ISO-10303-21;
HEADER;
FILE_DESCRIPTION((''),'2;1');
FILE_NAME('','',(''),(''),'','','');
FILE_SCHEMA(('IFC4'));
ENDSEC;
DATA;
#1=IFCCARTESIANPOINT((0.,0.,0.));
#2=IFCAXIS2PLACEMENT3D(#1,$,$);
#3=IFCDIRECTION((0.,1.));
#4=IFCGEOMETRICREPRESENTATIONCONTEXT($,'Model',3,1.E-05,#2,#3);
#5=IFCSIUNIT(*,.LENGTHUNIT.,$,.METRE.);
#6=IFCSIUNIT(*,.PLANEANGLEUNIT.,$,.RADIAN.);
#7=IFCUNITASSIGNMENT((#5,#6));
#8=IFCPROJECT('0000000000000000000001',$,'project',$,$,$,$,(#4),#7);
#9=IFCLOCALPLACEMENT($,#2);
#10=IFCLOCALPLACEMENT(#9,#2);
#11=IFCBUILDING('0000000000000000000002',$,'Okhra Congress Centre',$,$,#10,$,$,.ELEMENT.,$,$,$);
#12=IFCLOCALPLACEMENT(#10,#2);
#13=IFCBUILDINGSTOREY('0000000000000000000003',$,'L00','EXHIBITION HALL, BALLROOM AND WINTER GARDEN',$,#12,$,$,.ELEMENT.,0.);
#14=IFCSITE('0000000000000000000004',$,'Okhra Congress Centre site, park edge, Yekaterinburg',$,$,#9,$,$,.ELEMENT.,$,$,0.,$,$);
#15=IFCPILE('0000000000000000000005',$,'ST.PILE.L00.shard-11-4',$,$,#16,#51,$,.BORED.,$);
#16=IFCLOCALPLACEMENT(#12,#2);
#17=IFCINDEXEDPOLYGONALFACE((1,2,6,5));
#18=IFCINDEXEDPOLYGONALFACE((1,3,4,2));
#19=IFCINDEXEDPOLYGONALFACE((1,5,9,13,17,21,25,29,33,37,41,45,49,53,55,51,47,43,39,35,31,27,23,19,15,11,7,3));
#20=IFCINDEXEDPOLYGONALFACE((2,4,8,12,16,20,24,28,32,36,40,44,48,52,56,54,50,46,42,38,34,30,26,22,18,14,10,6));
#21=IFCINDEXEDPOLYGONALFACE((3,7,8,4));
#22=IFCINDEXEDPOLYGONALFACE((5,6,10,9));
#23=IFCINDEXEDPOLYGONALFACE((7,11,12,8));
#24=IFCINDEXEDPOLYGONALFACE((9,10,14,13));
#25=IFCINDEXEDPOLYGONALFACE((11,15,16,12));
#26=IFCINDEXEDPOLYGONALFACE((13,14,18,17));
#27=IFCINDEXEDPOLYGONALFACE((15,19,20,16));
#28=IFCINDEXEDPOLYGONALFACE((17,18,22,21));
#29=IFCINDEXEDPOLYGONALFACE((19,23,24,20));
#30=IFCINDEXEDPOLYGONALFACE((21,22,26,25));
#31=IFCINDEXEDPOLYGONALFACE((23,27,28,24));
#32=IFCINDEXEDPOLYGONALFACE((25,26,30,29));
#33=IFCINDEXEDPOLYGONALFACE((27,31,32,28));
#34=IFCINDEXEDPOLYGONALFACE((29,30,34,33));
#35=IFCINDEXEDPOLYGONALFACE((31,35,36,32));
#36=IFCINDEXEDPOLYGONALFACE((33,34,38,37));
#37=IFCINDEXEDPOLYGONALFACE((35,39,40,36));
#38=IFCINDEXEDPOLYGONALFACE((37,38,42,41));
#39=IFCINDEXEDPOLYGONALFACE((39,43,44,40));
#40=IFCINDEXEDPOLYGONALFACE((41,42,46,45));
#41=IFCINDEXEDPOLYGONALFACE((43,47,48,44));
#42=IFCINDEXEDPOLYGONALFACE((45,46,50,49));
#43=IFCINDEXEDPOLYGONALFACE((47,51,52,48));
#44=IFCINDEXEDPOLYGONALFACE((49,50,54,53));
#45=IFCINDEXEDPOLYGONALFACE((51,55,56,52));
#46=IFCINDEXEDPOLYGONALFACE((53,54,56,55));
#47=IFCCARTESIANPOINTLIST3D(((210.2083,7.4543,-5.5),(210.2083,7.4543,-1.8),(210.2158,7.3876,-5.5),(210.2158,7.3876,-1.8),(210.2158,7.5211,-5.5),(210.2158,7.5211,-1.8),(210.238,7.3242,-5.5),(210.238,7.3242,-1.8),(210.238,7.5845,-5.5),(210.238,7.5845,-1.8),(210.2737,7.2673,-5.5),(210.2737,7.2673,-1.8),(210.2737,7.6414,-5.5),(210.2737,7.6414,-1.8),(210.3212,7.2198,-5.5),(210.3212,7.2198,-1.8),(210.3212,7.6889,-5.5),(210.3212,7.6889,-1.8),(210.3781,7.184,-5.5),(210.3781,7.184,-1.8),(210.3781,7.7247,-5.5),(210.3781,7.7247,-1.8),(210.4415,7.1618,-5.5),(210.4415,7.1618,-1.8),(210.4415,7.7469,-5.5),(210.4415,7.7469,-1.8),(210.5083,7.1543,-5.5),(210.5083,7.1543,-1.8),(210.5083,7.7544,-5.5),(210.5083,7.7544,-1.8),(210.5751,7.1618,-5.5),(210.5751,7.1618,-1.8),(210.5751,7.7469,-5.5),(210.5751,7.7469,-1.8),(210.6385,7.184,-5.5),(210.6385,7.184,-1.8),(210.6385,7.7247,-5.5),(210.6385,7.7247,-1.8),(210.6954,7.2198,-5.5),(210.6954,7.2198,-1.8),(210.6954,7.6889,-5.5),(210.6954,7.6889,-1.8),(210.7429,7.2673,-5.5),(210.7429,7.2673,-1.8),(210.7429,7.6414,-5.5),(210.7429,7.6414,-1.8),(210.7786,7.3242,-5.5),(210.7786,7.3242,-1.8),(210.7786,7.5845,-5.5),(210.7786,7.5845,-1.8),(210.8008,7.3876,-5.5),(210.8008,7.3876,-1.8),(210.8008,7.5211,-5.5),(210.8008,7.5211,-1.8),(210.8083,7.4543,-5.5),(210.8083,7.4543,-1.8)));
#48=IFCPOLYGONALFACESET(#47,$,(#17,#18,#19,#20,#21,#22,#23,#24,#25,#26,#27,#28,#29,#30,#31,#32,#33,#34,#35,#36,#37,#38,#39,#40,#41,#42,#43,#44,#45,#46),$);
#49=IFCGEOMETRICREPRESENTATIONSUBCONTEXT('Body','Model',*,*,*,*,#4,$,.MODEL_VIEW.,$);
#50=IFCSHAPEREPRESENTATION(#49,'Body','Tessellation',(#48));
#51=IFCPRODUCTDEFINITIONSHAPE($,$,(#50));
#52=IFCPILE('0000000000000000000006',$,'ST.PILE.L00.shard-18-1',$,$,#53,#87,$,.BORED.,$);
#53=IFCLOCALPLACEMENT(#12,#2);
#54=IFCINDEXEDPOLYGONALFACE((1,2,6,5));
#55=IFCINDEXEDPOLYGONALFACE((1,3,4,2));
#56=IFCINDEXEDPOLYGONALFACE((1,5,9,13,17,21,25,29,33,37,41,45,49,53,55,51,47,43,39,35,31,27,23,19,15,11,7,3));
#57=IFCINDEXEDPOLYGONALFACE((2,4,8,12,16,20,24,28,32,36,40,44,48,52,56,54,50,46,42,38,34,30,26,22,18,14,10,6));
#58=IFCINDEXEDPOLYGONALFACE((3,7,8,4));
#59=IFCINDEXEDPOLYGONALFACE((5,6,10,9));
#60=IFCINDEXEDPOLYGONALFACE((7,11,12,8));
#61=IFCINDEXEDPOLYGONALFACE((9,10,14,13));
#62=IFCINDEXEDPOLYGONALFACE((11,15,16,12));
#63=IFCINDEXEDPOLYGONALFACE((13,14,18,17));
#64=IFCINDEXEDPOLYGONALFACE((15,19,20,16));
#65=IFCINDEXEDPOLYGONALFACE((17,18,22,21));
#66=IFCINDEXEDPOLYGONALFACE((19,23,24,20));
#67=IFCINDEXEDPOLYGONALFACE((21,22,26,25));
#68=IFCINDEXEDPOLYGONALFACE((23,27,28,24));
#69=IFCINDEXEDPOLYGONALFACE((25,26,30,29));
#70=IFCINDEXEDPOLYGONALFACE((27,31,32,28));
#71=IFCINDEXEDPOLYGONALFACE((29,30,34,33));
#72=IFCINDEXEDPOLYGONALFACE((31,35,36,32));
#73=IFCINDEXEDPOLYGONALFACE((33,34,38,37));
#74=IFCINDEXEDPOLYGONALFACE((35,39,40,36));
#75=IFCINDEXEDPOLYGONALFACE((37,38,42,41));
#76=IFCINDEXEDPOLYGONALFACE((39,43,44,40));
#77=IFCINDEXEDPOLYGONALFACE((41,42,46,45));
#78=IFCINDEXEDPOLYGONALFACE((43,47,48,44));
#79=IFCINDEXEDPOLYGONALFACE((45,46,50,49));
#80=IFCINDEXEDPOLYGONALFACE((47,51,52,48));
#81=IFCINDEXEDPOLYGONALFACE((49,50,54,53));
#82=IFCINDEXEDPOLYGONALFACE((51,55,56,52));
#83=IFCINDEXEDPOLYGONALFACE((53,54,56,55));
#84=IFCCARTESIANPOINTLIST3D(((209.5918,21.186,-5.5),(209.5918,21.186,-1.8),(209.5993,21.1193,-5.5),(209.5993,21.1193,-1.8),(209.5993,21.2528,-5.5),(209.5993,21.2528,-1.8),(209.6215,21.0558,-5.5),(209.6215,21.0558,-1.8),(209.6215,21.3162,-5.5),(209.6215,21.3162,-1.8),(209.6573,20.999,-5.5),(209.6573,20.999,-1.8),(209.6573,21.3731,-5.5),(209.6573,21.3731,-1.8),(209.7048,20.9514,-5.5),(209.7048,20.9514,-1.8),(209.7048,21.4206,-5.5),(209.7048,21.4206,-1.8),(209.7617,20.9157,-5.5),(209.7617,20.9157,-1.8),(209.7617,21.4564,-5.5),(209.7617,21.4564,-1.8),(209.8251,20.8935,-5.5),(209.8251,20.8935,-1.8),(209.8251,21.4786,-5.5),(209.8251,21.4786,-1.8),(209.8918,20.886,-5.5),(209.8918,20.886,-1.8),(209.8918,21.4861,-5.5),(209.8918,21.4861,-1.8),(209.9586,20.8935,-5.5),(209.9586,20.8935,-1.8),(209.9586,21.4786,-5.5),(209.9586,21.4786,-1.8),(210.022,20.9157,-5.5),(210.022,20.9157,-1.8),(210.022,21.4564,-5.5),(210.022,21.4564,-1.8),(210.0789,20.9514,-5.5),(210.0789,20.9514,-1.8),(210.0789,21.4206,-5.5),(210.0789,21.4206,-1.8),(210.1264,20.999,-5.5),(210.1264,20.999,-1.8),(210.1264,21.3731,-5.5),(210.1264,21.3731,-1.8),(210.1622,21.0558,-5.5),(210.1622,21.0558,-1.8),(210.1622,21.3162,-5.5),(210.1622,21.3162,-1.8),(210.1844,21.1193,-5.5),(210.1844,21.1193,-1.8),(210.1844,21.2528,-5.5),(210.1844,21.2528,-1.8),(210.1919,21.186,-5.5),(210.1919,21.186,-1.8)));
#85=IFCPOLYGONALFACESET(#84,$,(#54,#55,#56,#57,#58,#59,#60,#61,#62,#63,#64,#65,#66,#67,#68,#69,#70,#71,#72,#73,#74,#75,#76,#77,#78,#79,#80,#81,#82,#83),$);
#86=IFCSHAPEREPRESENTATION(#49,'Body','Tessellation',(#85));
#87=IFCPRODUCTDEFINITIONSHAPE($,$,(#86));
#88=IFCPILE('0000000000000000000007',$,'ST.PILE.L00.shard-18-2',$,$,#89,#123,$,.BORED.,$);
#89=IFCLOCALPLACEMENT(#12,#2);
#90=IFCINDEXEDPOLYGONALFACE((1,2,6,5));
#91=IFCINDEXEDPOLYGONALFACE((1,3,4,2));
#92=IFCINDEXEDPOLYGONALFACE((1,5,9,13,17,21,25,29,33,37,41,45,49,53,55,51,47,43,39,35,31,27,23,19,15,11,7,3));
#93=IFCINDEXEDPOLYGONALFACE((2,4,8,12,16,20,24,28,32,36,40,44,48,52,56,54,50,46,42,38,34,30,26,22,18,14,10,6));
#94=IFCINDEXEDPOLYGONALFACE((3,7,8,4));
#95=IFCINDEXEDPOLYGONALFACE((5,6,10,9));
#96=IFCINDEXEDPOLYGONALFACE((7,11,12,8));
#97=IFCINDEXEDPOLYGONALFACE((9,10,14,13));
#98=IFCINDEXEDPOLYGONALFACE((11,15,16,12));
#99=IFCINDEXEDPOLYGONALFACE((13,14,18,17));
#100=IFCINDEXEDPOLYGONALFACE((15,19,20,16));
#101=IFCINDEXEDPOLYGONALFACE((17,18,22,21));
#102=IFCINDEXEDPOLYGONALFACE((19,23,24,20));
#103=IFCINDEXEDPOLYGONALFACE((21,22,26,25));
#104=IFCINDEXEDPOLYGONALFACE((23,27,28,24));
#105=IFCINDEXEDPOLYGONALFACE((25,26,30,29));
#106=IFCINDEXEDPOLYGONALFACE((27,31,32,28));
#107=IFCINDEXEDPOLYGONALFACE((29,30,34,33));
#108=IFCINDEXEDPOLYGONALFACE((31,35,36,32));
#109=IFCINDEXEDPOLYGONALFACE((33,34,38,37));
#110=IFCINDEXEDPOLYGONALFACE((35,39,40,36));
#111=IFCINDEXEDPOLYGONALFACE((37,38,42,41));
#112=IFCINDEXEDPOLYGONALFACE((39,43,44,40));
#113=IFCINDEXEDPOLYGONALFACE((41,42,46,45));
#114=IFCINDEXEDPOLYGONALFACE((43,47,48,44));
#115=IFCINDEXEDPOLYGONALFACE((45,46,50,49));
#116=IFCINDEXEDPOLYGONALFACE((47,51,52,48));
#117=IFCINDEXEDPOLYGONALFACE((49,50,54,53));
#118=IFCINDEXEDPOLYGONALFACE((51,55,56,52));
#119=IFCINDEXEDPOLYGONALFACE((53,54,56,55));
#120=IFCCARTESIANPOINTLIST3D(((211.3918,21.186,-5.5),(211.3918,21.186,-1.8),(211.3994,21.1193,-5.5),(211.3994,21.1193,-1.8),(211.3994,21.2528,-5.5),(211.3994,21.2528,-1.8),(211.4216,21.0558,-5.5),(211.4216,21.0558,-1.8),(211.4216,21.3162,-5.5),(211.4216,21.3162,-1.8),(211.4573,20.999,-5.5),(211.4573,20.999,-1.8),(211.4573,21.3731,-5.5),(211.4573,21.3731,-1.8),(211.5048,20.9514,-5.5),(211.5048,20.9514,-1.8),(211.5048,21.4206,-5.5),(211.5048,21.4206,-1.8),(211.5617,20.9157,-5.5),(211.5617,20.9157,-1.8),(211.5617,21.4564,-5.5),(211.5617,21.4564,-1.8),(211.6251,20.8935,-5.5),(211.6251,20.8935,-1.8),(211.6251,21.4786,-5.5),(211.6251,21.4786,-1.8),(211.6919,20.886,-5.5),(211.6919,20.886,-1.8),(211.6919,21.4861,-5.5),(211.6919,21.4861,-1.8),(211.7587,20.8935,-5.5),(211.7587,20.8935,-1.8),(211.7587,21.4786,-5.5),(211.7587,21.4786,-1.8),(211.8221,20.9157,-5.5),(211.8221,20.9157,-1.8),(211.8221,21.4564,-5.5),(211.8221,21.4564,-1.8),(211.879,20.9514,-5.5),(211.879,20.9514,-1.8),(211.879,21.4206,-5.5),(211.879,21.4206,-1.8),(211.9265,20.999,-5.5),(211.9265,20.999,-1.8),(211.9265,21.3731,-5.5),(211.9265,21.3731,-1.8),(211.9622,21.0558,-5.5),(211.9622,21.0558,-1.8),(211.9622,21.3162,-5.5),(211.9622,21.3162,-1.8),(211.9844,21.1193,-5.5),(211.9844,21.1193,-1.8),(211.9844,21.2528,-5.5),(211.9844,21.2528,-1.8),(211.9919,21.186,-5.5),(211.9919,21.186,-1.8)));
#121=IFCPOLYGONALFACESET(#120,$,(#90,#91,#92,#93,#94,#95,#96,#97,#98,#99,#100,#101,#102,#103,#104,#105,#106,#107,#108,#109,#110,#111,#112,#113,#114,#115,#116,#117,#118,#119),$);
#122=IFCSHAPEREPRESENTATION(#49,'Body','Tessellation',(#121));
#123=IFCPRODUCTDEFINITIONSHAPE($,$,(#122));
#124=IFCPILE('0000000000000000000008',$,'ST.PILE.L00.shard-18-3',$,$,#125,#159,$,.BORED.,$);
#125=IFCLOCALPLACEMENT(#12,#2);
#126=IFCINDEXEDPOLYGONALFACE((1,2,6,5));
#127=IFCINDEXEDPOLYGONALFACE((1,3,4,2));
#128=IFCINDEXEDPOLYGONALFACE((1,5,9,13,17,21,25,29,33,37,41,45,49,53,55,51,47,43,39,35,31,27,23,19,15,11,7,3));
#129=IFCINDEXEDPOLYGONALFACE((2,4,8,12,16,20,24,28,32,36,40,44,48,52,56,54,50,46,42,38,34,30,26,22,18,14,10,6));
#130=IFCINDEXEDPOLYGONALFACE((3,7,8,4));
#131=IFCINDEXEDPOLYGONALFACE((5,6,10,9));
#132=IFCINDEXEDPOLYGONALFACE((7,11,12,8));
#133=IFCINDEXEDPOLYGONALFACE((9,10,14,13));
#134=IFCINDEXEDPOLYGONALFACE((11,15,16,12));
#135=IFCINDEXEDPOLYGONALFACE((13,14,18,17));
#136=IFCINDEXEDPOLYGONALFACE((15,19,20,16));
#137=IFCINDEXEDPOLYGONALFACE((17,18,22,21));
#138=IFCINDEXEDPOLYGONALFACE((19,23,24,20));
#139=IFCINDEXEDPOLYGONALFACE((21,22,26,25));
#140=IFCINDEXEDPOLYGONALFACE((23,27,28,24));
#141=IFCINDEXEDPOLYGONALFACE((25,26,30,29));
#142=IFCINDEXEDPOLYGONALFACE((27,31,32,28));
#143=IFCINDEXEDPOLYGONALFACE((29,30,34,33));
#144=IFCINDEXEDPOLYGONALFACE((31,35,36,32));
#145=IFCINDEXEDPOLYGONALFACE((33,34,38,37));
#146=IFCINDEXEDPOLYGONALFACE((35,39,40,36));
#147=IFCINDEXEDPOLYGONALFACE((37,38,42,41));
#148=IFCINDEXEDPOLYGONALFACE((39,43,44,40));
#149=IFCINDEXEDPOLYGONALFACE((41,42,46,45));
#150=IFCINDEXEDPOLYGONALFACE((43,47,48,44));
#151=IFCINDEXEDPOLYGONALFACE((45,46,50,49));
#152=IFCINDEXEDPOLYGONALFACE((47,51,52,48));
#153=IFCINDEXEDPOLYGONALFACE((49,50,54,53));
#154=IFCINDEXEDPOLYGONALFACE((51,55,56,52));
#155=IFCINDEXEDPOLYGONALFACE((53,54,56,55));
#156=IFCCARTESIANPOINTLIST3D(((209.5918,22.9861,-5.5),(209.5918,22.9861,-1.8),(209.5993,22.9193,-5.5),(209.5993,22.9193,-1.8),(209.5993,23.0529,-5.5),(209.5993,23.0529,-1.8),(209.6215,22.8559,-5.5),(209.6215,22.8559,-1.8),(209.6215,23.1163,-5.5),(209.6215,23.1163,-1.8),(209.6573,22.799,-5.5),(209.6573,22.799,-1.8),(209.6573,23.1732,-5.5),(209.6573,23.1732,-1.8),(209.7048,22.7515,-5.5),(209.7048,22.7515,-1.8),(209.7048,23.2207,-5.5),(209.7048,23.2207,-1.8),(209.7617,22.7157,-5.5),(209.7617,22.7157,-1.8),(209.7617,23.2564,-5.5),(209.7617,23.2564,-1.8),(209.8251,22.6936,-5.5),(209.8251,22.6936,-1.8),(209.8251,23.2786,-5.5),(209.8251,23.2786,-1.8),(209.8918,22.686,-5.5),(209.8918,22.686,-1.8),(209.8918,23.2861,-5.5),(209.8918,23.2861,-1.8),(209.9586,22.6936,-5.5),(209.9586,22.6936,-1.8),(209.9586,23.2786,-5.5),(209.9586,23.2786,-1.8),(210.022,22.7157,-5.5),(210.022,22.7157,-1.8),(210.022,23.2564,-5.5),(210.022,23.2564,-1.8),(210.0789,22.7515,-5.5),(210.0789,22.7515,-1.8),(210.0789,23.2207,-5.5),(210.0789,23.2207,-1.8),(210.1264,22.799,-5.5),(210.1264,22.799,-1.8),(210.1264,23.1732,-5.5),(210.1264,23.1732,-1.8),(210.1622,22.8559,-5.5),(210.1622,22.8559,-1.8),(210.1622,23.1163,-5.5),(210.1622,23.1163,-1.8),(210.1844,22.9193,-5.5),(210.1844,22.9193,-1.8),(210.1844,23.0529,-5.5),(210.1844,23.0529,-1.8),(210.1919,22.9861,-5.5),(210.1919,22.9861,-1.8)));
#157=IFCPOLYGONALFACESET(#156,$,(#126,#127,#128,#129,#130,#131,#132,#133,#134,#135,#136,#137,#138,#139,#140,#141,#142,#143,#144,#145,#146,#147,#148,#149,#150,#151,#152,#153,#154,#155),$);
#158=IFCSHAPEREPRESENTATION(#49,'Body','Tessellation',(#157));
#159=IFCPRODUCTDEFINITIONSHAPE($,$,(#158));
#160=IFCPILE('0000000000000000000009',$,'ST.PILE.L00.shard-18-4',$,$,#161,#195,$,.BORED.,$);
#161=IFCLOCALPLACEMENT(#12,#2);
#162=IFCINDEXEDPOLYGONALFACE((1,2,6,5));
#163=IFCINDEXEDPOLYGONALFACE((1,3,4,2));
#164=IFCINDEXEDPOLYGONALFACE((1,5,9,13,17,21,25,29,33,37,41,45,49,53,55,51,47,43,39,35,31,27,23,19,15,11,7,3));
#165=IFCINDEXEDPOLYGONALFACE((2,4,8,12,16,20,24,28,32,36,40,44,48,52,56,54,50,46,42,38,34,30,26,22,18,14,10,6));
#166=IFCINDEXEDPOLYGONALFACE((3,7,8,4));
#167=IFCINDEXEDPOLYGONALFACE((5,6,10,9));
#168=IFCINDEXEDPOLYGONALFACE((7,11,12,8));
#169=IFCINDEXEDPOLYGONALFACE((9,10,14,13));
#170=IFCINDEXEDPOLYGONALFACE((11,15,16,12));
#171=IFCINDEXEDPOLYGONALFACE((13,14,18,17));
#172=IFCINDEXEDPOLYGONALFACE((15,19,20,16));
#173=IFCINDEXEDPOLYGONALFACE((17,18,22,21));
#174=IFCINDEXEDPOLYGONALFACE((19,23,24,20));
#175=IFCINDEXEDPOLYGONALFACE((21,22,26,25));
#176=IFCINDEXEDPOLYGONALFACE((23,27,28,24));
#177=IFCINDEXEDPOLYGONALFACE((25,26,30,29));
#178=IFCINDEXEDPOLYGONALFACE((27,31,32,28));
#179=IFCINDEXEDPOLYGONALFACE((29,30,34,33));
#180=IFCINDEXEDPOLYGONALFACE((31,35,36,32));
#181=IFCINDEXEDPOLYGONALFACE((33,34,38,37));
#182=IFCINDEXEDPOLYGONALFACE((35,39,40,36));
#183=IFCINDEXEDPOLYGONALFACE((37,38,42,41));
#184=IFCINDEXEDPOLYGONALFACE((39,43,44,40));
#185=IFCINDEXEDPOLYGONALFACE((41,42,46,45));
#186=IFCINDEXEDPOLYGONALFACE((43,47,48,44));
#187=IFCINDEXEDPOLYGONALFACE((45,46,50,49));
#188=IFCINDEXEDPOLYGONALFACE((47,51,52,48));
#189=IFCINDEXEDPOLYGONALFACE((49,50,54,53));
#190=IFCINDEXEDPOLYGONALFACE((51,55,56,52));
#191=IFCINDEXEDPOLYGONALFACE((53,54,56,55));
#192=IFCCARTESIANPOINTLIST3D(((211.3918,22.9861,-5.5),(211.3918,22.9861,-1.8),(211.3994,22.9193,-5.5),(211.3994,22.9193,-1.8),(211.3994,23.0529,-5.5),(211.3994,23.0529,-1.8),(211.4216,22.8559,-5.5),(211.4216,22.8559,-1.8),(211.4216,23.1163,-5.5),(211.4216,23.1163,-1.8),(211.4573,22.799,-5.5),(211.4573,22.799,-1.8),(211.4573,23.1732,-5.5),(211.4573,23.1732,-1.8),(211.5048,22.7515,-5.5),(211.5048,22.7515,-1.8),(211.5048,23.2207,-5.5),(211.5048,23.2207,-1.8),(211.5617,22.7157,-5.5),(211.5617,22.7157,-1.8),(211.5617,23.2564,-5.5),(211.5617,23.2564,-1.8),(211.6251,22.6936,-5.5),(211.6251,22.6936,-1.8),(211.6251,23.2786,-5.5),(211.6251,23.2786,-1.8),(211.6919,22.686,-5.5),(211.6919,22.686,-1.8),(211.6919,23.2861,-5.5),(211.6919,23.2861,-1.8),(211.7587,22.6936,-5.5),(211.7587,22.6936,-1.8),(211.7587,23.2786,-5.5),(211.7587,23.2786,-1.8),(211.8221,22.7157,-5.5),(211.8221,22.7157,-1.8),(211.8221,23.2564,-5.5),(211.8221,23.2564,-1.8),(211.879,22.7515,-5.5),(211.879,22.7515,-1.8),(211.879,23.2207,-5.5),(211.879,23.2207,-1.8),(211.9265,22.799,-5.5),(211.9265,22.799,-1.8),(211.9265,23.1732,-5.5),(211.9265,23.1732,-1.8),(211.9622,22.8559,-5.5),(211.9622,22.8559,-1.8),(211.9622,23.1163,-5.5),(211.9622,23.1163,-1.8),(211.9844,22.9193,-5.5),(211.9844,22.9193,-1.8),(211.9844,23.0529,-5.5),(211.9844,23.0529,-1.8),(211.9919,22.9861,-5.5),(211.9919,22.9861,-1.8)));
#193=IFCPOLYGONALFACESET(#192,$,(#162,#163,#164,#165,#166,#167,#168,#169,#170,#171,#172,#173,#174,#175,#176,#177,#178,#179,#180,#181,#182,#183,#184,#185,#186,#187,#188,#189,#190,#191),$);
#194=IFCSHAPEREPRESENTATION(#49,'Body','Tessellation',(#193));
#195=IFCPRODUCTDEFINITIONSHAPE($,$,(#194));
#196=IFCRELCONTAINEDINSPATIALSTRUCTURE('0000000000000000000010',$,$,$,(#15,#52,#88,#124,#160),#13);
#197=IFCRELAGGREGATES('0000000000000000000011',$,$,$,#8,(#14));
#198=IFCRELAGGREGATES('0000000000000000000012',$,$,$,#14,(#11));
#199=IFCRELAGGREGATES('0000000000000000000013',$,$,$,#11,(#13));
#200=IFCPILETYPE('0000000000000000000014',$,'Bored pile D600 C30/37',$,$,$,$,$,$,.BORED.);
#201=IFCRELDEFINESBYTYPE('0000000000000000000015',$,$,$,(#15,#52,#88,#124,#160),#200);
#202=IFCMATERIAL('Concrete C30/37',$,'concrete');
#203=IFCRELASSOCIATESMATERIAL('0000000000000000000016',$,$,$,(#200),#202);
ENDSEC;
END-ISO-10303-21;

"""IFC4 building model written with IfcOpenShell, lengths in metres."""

from ifc_helpers import new_model, si_unit, direction, frame, origin, origin_2d, place, context, subcontext, project, spatial, circle, extrude, material, material_profile, profile_set, type_object, element, save


model = new_model("IFC4")

# Units and contexts
model_context = context("Model", 3, precision=1e-05, world=origin(), true_north=direction((0.0, 1.0)))
body_context = subcontext(model_context, "Body", "Model", "MODEL_VIEW")
ifc_project = project(units=[si_unit("LENGTHUNIT", "METRE"), si_unit("PLANEANGLEUNIT", "RADIAN")], contexts=[model_context])

# Site, building, storey
site_placement = place(None, origin())
site = spatial("IfcSite", under=ifc_project, at=site_placement, Name="Okhra Congress Centre site, park edge, Yekaterinburg", CompositionType="ELEMENT", RefElevation=0.0)
building_placement = place(site_placement, origin())
building = spatial("IfcBuilding", under=site, at=building_placement, Name="Okhra Congress Centre", CompositionType="ELEMENT")
storey_placement = place(building_placement, origin())
storey = spatial("IfcBuildingStorey", under=building, at=storey_placement, Name="L00", Description="EXHIBITION HALL, BALLROOM AND WINTER GARDEN", CompositionType="ELEMENT", Elevation=0.0)

# Piles
ifc_material_1 = material(Name="Concrete C30/37", Category="concrete")
ifc_material_profile_1 = material_profile(ifc_material_1, circle(Radius=0.3, at=origin_2d()), Name="D600")
ifc_profile_set_1 = profile_set([ifc_material_profile_1], Name="Concrete C30/37")
pile_type = type_object("IfcPileType", Name="Bored pile D600 C30/37", PredefinedType="BORED", material=ifc_profile_set_1)
for number, where, z_axis, x_axis, name in (
    (1, (210.5083, 7.4543, -1.8), (0.0, 0.0, -1.0), (1.0, 0.0, 0.0), "ST.PILE.L00.shard-11-4"),
    (2, (209.8918, 21.186, -1.8), (0.0, 0.0, -1.0), (1.0, 0.0, 0.0), "ST.PILE.L00.shard-18-1"),
    (3, (211.6919, 21.186, -1.8), (0.0, 0.0, -1.0), (1.0, 0.0, 0.0), "ST.PILE.L00.shard-18-2"),
    (4, (209.8918, 22.9861, -1.8), (0.0, 0.0, -1.0), (1.0, 0.0, 0.0), "ST.PILE.L00.shard-18-3"),
    (5, (211.6919, 22.9861, -1.8), (0.0, 0.0, -1.0), (1.0, 0.0, 0.0), "ST.PILE.L00.shard-18-4"),
):
    element("IfcPile", number, at=place(storey_placement, frame(where, z_axis=z_axis, x_axis=x_axis)), inside=storey, type_object=pile_type, Name=name, PredefinedType="BORED", context=body_context, shape_type="SweptSolid", body=[
        extrude(circle(Radius=0.3, at=origin_2d()), origin(), (0.0, 0.0, 1.0), 3.7),
    ])

save(model, "model.ifc")
